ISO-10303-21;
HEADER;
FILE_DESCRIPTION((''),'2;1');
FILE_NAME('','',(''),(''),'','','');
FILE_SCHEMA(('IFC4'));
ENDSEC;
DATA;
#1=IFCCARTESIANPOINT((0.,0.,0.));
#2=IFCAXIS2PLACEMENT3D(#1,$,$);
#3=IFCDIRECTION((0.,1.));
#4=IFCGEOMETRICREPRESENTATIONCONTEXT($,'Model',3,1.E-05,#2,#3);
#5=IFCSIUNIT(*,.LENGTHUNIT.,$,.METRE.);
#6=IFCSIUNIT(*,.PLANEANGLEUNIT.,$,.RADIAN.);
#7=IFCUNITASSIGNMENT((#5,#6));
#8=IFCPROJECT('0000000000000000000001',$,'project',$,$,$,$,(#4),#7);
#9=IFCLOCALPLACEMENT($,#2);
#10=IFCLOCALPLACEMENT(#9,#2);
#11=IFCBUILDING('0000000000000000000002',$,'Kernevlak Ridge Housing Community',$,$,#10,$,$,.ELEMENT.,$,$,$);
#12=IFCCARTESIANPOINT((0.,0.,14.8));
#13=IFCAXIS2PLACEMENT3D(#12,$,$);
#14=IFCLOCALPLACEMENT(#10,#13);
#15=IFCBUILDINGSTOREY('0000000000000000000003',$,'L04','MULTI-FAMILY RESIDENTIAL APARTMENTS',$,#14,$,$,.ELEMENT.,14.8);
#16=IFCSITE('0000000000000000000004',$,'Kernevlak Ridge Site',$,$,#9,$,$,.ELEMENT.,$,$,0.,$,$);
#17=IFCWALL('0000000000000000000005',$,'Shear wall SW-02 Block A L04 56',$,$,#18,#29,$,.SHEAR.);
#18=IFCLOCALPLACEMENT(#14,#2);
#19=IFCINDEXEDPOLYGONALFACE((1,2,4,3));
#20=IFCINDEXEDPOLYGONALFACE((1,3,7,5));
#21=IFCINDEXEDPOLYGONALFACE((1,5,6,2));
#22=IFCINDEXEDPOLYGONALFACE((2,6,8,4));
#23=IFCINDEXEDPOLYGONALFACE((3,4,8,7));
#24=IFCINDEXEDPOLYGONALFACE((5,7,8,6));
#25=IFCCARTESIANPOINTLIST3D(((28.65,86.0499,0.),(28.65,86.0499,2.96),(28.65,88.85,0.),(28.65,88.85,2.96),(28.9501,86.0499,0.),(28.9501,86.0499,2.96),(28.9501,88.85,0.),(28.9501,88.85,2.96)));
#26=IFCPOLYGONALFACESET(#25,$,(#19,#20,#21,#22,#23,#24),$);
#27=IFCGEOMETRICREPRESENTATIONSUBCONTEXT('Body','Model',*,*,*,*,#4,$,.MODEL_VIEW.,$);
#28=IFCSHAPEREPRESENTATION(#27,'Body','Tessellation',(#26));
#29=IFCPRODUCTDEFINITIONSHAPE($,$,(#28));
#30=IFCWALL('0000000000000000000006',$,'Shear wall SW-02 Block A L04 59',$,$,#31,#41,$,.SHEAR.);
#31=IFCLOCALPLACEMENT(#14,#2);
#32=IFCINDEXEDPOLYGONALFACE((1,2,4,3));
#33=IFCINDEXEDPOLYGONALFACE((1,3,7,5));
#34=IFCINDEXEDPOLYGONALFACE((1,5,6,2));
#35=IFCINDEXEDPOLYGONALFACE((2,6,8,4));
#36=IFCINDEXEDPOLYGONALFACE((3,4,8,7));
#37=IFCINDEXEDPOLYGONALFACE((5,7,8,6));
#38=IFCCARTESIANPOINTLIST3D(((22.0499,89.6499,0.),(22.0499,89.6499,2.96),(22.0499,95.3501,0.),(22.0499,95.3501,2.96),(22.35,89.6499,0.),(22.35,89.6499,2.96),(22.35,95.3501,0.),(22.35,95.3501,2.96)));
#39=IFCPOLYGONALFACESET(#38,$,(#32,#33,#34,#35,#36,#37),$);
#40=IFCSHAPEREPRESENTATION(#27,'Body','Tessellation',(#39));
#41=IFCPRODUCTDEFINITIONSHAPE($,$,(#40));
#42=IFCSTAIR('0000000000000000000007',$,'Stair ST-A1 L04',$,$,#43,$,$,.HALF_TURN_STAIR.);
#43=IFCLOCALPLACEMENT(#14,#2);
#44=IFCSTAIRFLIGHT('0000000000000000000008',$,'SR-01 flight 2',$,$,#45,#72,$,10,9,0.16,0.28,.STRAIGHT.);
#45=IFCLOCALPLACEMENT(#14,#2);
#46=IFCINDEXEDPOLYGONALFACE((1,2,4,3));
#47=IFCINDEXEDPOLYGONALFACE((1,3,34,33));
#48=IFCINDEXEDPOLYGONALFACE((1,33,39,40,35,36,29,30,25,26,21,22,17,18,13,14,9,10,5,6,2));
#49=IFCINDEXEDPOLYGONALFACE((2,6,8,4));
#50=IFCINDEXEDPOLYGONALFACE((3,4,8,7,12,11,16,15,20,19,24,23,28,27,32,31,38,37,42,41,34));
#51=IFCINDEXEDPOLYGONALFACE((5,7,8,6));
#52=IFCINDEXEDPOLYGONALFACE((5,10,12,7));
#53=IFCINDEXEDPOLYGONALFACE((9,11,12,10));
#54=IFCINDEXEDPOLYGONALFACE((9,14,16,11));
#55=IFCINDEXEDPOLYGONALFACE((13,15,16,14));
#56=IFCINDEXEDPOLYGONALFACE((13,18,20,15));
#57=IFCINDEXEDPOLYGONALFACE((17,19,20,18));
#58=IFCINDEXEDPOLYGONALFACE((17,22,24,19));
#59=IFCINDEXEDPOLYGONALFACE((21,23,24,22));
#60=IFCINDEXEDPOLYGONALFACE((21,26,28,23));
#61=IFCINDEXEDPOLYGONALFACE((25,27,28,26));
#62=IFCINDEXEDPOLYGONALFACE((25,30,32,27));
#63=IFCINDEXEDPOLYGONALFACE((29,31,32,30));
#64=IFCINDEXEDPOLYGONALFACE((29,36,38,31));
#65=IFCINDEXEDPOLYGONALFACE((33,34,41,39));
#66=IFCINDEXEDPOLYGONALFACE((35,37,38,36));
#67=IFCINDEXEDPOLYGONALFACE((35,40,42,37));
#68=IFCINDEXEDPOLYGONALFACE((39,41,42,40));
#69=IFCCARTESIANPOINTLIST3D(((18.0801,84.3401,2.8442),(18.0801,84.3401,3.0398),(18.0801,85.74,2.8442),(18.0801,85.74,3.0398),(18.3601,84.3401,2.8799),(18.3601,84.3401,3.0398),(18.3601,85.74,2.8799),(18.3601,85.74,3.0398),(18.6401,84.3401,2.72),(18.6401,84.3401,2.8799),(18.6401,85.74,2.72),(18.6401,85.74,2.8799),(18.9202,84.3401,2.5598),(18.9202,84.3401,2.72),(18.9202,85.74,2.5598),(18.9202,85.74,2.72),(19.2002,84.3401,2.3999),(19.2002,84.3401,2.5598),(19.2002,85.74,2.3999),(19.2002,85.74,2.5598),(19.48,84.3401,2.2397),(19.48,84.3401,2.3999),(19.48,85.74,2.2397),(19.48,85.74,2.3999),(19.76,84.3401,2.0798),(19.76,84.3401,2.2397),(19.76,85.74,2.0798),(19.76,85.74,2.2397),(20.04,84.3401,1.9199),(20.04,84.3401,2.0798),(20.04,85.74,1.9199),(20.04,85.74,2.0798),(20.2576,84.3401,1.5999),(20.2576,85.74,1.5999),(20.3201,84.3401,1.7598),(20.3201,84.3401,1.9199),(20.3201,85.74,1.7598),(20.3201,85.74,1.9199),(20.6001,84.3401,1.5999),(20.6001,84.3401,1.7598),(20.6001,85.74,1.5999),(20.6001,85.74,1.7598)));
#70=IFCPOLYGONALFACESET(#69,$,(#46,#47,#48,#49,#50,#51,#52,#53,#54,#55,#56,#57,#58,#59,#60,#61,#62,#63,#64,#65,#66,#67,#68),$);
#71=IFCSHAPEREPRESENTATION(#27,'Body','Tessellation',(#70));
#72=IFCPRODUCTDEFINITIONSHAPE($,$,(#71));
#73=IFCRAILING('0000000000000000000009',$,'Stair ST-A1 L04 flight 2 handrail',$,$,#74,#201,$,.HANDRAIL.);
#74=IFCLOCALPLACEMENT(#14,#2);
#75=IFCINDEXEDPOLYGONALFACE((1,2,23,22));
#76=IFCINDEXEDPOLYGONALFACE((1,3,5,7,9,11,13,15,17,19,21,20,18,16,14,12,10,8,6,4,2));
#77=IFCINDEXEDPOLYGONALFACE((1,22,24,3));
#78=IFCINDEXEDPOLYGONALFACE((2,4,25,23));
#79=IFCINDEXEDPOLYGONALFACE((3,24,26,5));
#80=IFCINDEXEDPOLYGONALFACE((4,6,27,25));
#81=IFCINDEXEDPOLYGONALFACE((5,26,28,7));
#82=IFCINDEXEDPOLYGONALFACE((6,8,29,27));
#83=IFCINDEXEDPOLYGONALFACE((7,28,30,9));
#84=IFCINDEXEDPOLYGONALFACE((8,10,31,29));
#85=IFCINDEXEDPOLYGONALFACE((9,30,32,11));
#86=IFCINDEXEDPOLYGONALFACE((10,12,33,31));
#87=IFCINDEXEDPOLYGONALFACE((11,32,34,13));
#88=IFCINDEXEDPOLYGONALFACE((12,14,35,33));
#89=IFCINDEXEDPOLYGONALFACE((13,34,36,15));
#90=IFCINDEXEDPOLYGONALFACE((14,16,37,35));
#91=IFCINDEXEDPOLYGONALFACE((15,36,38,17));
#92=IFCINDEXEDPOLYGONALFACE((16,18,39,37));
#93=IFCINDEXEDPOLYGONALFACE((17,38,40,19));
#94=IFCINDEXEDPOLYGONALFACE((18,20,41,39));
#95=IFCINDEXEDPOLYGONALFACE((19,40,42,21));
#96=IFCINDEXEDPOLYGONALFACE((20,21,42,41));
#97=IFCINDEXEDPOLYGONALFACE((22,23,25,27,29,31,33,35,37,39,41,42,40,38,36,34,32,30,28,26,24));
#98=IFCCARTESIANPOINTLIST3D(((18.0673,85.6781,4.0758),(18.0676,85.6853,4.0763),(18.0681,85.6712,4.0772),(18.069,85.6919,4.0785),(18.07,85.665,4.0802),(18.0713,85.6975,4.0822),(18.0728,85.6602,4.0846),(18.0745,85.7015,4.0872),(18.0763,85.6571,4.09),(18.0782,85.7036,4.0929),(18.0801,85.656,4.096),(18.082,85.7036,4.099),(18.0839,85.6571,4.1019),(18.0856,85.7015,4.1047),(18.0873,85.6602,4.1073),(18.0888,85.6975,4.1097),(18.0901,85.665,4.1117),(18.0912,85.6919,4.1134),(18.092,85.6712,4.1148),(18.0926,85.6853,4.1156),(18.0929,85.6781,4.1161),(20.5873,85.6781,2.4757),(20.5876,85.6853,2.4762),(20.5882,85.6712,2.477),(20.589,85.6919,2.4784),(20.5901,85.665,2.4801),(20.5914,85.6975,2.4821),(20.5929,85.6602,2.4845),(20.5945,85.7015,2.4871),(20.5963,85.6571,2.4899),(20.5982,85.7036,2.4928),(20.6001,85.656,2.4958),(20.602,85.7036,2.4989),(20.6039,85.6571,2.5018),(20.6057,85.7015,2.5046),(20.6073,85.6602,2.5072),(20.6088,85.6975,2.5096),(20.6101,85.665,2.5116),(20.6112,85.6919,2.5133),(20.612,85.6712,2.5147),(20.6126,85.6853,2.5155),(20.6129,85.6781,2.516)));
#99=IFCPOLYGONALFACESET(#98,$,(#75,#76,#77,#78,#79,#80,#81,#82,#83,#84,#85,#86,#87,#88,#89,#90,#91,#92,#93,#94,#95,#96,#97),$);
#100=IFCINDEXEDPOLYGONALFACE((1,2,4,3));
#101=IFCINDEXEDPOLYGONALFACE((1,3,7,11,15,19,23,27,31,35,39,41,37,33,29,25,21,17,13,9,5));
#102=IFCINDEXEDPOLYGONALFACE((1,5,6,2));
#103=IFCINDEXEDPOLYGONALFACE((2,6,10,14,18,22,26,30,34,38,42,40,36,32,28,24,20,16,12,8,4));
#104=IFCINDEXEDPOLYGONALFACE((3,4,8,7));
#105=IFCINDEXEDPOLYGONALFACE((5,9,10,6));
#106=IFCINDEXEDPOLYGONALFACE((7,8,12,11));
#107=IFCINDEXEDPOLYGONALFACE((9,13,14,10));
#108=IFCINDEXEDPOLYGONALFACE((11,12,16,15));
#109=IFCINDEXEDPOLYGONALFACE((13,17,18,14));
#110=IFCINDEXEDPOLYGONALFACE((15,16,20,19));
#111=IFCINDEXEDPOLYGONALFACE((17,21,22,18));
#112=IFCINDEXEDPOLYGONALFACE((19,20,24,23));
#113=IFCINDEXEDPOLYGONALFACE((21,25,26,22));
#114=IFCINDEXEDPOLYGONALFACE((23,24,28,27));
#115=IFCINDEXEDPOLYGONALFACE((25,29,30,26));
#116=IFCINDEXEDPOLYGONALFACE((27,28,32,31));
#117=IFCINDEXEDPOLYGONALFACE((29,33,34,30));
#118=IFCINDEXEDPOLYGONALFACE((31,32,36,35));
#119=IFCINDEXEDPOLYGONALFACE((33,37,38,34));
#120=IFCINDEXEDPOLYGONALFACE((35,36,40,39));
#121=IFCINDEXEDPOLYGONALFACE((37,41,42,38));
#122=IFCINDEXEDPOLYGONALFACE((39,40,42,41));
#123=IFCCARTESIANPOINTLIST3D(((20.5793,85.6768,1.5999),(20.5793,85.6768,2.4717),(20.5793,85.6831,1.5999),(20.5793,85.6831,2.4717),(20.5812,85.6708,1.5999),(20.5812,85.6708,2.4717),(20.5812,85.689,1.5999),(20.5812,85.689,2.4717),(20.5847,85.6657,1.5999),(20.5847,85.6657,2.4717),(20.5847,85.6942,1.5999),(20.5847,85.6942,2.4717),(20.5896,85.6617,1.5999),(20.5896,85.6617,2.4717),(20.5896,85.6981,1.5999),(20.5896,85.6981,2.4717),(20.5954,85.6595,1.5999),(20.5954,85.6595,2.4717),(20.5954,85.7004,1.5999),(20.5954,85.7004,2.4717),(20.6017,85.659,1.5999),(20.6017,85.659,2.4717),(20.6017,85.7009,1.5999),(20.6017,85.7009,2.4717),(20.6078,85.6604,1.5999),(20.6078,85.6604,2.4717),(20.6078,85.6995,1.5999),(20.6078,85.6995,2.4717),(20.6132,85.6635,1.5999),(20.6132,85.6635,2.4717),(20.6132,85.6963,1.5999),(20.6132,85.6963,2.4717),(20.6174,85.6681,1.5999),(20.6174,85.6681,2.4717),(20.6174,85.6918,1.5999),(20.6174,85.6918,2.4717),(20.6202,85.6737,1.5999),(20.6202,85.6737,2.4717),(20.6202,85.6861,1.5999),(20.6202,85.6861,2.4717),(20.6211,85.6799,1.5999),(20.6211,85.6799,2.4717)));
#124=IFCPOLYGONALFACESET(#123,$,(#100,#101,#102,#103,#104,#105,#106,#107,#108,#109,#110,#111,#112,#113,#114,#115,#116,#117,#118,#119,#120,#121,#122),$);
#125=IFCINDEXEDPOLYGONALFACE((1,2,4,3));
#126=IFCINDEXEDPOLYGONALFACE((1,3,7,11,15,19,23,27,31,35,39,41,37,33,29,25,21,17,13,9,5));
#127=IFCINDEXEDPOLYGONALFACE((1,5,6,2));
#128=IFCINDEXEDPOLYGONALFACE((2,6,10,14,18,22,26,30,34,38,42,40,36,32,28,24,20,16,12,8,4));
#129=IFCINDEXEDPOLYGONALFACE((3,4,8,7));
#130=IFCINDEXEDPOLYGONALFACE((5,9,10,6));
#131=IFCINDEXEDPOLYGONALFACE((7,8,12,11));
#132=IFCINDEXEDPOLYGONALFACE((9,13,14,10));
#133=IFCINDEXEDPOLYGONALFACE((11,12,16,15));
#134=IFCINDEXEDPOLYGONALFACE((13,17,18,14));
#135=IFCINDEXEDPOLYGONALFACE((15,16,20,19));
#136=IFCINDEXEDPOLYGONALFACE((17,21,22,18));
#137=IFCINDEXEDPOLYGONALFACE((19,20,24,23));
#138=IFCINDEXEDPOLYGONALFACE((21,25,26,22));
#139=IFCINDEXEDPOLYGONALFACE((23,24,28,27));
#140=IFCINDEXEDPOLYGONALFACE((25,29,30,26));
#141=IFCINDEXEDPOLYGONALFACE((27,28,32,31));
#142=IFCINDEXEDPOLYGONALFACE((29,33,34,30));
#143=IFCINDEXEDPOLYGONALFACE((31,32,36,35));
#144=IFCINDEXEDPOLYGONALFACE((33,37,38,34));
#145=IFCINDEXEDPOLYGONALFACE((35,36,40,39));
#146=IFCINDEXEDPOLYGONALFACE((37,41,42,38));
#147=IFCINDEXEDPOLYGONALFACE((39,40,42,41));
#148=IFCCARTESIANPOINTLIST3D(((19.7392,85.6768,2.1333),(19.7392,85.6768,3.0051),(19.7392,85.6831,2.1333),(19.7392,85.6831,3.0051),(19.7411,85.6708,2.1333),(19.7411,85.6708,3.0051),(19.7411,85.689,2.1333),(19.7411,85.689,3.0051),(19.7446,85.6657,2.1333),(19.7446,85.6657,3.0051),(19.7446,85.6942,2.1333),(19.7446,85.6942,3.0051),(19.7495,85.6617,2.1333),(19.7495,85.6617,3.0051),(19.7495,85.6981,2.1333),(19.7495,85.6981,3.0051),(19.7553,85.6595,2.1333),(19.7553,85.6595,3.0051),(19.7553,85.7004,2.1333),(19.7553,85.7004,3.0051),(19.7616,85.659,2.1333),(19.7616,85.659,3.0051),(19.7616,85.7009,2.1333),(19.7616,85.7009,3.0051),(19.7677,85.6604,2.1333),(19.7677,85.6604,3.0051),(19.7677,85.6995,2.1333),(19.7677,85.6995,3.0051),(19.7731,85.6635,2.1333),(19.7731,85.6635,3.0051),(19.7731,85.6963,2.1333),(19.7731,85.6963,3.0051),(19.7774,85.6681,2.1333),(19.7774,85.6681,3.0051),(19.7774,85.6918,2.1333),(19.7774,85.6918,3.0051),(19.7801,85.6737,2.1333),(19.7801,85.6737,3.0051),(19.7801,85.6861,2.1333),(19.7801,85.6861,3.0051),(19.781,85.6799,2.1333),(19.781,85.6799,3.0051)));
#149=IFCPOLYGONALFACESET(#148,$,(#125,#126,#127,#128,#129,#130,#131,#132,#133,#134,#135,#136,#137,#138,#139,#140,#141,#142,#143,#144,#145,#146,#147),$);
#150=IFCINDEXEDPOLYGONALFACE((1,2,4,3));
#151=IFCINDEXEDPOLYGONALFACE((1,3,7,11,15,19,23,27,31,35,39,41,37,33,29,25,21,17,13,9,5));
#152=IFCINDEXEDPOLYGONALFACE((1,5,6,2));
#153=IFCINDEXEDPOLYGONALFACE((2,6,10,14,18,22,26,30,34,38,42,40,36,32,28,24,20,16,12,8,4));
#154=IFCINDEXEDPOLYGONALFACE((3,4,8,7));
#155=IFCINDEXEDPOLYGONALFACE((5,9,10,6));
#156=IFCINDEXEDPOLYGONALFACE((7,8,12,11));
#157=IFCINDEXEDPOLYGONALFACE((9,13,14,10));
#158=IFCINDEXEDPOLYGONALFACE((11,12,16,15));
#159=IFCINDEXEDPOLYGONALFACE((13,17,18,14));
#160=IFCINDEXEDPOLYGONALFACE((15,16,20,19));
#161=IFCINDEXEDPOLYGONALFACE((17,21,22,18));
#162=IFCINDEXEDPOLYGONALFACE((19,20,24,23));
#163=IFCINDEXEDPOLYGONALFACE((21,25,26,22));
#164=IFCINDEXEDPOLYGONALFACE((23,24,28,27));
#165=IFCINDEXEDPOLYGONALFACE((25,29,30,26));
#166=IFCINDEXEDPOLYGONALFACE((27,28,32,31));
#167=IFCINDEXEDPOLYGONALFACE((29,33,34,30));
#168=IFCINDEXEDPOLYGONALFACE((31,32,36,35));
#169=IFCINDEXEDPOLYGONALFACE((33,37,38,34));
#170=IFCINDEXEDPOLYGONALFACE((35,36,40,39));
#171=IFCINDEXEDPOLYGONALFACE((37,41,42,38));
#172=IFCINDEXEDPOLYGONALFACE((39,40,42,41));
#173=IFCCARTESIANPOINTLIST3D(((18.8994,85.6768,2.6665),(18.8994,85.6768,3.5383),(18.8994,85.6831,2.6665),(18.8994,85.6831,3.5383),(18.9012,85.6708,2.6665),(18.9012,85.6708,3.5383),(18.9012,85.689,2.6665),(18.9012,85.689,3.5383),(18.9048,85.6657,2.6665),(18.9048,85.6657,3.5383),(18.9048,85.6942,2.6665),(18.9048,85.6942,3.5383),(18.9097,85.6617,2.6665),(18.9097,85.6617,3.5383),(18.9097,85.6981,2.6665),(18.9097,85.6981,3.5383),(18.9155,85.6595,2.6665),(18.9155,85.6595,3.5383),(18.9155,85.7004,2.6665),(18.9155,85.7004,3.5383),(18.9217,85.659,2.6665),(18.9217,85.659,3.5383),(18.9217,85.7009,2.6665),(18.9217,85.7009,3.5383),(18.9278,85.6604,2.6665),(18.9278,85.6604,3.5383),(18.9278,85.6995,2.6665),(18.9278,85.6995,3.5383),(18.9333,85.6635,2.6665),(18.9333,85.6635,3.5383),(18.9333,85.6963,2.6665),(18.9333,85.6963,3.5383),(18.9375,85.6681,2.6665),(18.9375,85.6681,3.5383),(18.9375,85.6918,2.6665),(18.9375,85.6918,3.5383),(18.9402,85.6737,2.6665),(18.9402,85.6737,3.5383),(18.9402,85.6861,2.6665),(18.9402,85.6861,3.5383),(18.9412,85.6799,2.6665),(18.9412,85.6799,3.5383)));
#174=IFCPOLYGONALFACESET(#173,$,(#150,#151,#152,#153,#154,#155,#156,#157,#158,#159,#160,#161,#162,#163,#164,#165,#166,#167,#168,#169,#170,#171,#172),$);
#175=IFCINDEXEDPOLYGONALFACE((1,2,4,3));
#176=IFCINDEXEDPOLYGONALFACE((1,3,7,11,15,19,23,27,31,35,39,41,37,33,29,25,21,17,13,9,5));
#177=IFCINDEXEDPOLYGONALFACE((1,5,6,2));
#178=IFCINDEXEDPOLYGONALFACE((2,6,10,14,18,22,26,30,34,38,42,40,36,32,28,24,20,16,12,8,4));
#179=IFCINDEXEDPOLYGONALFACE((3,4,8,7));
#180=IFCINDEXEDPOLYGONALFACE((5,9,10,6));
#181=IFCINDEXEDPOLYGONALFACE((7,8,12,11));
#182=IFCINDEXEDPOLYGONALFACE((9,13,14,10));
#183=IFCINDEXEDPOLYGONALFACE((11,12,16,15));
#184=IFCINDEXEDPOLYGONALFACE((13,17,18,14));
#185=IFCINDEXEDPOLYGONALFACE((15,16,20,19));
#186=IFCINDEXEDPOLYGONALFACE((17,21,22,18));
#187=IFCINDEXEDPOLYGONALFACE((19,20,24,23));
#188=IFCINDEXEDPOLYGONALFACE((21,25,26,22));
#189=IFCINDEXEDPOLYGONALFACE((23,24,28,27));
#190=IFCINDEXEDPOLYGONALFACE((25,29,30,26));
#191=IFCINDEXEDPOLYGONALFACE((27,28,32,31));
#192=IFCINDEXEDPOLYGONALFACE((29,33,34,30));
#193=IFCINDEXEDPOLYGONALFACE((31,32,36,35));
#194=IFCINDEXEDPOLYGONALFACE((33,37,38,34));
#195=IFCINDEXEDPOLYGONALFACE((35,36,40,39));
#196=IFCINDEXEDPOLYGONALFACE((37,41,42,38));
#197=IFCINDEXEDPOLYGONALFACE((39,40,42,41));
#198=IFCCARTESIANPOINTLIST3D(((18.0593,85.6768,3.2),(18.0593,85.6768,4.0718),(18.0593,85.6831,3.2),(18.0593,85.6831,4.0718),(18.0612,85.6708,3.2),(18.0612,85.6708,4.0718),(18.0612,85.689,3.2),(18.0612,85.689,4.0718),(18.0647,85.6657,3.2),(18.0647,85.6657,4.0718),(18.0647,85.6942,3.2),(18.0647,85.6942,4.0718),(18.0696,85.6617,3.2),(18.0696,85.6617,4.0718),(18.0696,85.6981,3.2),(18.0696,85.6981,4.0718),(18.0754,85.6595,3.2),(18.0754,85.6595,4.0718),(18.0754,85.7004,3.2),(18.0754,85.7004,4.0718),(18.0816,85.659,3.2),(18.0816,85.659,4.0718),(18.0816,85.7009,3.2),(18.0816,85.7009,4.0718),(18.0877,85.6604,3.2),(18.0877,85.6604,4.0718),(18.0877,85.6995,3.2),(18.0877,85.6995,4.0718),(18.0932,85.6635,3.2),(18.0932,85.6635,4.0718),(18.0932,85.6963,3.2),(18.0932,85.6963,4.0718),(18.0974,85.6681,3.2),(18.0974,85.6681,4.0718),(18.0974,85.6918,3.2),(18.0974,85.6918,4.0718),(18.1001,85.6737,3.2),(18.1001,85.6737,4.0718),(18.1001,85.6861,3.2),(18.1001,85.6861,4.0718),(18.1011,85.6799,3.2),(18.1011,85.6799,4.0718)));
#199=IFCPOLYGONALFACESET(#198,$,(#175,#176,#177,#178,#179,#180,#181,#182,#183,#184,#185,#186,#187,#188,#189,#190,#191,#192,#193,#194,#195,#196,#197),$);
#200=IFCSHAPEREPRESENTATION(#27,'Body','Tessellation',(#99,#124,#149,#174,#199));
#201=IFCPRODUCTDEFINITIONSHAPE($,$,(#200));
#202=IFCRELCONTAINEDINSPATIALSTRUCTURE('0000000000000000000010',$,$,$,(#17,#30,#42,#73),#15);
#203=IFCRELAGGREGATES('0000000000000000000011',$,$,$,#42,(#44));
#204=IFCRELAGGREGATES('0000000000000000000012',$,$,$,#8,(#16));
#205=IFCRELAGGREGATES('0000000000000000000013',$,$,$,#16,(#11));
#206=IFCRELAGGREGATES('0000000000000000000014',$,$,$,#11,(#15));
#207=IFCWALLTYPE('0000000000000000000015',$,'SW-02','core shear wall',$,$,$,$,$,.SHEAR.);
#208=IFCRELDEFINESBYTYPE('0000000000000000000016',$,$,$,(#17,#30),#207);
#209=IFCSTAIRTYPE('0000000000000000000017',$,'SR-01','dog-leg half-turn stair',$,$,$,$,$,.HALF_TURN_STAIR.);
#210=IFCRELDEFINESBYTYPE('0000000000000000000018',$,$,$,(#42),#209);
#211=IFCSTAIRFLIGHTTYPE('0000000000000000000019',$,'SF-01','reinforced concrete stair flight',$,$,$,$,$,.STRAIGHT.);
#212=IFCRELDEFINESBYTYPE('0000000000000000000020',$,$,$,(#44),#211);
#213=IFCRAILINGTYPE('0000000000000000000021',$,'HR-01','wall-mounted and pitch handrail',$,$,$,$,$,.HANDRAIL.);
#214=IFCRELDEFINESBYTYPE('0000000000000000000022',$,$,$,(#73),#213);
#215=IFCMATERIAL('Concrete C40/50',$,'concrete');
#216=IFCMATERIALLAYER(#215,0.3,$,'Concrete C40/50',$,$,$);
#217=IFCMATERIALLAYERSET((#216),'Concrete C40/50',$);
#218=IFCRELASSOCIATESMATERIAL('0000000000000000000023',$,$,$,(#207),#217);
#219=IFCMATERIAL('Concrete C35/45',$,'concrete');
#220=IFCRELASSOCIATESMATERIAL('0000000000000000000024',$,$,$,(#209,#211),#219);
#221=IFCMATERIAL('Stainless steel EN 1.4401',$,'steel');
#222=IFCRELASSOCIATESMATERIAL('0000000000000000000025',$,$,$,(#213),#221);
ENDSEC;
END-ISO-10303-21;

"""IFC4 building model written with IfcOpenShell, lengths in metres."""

from ifc_helpers import new_model, si_unit, direction, frame, frame_2d, origin, origin_2d, place, context, subcontext, project, spatial, polyline, rectangle, circle, outline, extrude, material, layer, layer_set, type_object, element, aggregate, save


model = new_model("IFC4")

# Units and contexts
model_context = context("Model", 3, precision=1e-05, world=origin(), true_north=direction((0.0, 1.0)))
body_context = subcontext(model_context, "Body", "Model", "MODEL_VIEW")
ifc_project = project(units=[si_unit("LENGTHUNIT", "METRE"), si_unit("PLANEANGLEUNIT", "RADIAN")], contexts=[model_context])

# Site, building, storey
site_placement = place(None, origin())
site = spatial("IfcSite", under=ifc_project, at=site_placement, Name="Kernevlak Ridge Site", CompositionType="ELEMENT", RefElevation=0.0)
building_placement = place(site_placement, origin())
building = spatial("IfcBuilding", under=site, at=building_placement, Name="Kernevlak Ridge Housing Community", CompositionType="ELEMENT")
storey_placement = place(building_placement, frame((0.0, 0.0, 14.8)))
storey = spatial("IfcBuildingStorey", under=building, at=storey_placement, Name="L04", Description="MULTI-FAMILY RESIDENTIAL APARTMENTS", CompositionType="ELEMENT", Elevation=14.8)

# Shared definitions
ifc_material_1 = material(Name="Concrete C40/50", Category="concrete")

# Shared definitions
ifc_material_2 = material(Name="Concrete C35/45", Category="concrete")

# Walls
ifc_layer_1 = layer(ifc_material_1, 0.3, Name="Concrete C40/50")
ifc_layer_set_1 = layer_set([ifc_layer_1], Name="Concrete C40/50")
wall_type_1 = type_object("IfcWallType", Name="SW-02", Description="core shear wall", PredefinedType="SHEAR", material=ifc_layer_set_1)
wall_1_placement = place(storey_placement, frame((28.8, 86.05, 0.0), z_axis=(0.0, 0.0, 1.0), x_axis=(0.0, 1.0, 0.0)))
element("IfcWall", 1, at=wall_1_placement, inside=storey, type_object=wall_type_1, Name="Shear wall SW-02 Block A L04 56", PredefinedType="SHEAR", context=body_context, shape_type="SweptSolid", body=[
    extrude(rectangle(XDim=2.8, YDim=0.3, at=frame_2d((1.3999, 0.0))), origin(), (0.0, 0.0, 1.0), 2.96),
])
wall_2_placement = place(storey_placement, frame((22.2, 89.6499, 0.0), z_axis=(0.0, 0.0, 1.0), x_axis=(0.0, 1.0, 0.0)))
element("IfcWall", 2, at=wall_2_placement, inside=storey, type_object=wall_type_1, Name="Shear wall SW-02 Block A L04 59", PredefinedType="SHEAR", context=body_context, shape_type="SweptSolid", body=[
    extrude(rectangle(XDim=5.7002, YDim=0.3, at=frame_2d((2.8501, 0.0))), origin(), (0.0, 0.0, 1.0), 2.96),
])

# Stair, stair flight
stair_type = type_object("IfcStairType", Name="SR-01", Description="dog-leg half-turn stair", PredefinedType="HALF_TURN_STAIR", material=ifc_material_2)
stair_placement = place(storey_placement, origin())
stair = element("IfcStair", 3, at=stair_placement, inside=storey, type_object=stair_type, Name="Stair ST-A1 L04", PredefinedType="HALF_TURN_STAIR")
stair_flight_type = type_object("IfcStairFlightType", Name="SF-01", Description="reinforced concrete stair flight", PredefinedType="STRAIGHT", material=ifc_material_2)
stair_flight_placement = place(storey_placement, frame((20.6001, 85.04, 1.5999), z_axis=(0.0, 0.0, 1.0), x_axis=(-1.0, 0.0, 0.0)))
stair_flight = element("IfcStairFlight", 4, at=stair_flight_placement, type_object=stair_flight_type, Name="SR-01 flight 2", NumberOfRisers=10, NumberOfTreads=9, PredefinedType="STRAIGHT", RiserHeight=0.16, TreadLength=0.28, context=body_context, shape_type="SweptSolid", body=[
    extrude(outline(polyline([(0.0, 0.0), (0.0, 0.1599), (0.28, 0.1599), (0.28, 0.3201), (0.5601, 0.3201), (0.5601, 0.48), (0.8401, 0.48), (0.8401, 0.6399), (1.1201, 0.6399), (1.1201, 0.8), (1.3999, 0.8), (1.3999, 0.96), (1.6799, 0.96), (1.6799, 1.1201), (1.96, 1.1201), (1.96, 1.28), (2.24, 1.28), (2.24, 1.4399), (2.52, 1.4399), (2.52, 1.6001), (2.52, 1.2444), (0.3425, 0.0), (0.0, 0.0)])), frame((0.0, 0.7, 0.0), z_axis=(0.0, -1.0, 0.0), x_axis=(1.0, 0.0, 0.0)), (0.0, 0.0, 1.0), 1.3999),
])
aggregate(stair, [stair_flight])

# Railing
ifc_material_3 = material(Name="Stainless steel EN 1.4401", Category="steel")
railing_type = type_object("IfcRailingType", Name="HR-01", Description="wall-mounted and pitch handrail", PredefinedType="HANDRAIL", material=ifc_material_3)
railing_placement = place(storey_placement, frame((20.6001, 85.6799, 1.5999)))
element("IfcRailing", 5, at=railing_placement, inside=storey, type_object=railing_type, Name="Stair ST-A1 L04 flight 2 handrail", PredefinedType="HANDRAIL", context=body_context, shape_type="SweptSolid", body=[
    extrude(circle(Radius=0.0239, at=origin_2d()), frame((0.0, 0.0, 0.896), z_axis=(-0.8442, 0.0, 0.536028), x_axis=(0.0, -1.0, 0.0)), (0.0, 0.0, 1.0), 2.9851),
    extrude(circle(Radius=0.021, at=origin_2d()), origin(), (0.0, 0.0, 1.0), 0.8718),
    extrude(circle(Radius=0.021, at=origin_2d()), frame((-0.8401, 0.0, 0.5334)), (0.0, 0.0, 1.0), 0.8718),
    extrude(circle(Radius=0.021, at=origin_2d()), frame((-1.6799, 0.0, 1.0667)), (0.0, 0.0, 1.0), 0.8718),
    extrude(circle(Radius=0.021, at=origin_2d()), frame((-2.52, 0.0, 1.6001)), (0.0, 0.0, 1.0), 0.8718),
])

save(model, "model.ifc")
